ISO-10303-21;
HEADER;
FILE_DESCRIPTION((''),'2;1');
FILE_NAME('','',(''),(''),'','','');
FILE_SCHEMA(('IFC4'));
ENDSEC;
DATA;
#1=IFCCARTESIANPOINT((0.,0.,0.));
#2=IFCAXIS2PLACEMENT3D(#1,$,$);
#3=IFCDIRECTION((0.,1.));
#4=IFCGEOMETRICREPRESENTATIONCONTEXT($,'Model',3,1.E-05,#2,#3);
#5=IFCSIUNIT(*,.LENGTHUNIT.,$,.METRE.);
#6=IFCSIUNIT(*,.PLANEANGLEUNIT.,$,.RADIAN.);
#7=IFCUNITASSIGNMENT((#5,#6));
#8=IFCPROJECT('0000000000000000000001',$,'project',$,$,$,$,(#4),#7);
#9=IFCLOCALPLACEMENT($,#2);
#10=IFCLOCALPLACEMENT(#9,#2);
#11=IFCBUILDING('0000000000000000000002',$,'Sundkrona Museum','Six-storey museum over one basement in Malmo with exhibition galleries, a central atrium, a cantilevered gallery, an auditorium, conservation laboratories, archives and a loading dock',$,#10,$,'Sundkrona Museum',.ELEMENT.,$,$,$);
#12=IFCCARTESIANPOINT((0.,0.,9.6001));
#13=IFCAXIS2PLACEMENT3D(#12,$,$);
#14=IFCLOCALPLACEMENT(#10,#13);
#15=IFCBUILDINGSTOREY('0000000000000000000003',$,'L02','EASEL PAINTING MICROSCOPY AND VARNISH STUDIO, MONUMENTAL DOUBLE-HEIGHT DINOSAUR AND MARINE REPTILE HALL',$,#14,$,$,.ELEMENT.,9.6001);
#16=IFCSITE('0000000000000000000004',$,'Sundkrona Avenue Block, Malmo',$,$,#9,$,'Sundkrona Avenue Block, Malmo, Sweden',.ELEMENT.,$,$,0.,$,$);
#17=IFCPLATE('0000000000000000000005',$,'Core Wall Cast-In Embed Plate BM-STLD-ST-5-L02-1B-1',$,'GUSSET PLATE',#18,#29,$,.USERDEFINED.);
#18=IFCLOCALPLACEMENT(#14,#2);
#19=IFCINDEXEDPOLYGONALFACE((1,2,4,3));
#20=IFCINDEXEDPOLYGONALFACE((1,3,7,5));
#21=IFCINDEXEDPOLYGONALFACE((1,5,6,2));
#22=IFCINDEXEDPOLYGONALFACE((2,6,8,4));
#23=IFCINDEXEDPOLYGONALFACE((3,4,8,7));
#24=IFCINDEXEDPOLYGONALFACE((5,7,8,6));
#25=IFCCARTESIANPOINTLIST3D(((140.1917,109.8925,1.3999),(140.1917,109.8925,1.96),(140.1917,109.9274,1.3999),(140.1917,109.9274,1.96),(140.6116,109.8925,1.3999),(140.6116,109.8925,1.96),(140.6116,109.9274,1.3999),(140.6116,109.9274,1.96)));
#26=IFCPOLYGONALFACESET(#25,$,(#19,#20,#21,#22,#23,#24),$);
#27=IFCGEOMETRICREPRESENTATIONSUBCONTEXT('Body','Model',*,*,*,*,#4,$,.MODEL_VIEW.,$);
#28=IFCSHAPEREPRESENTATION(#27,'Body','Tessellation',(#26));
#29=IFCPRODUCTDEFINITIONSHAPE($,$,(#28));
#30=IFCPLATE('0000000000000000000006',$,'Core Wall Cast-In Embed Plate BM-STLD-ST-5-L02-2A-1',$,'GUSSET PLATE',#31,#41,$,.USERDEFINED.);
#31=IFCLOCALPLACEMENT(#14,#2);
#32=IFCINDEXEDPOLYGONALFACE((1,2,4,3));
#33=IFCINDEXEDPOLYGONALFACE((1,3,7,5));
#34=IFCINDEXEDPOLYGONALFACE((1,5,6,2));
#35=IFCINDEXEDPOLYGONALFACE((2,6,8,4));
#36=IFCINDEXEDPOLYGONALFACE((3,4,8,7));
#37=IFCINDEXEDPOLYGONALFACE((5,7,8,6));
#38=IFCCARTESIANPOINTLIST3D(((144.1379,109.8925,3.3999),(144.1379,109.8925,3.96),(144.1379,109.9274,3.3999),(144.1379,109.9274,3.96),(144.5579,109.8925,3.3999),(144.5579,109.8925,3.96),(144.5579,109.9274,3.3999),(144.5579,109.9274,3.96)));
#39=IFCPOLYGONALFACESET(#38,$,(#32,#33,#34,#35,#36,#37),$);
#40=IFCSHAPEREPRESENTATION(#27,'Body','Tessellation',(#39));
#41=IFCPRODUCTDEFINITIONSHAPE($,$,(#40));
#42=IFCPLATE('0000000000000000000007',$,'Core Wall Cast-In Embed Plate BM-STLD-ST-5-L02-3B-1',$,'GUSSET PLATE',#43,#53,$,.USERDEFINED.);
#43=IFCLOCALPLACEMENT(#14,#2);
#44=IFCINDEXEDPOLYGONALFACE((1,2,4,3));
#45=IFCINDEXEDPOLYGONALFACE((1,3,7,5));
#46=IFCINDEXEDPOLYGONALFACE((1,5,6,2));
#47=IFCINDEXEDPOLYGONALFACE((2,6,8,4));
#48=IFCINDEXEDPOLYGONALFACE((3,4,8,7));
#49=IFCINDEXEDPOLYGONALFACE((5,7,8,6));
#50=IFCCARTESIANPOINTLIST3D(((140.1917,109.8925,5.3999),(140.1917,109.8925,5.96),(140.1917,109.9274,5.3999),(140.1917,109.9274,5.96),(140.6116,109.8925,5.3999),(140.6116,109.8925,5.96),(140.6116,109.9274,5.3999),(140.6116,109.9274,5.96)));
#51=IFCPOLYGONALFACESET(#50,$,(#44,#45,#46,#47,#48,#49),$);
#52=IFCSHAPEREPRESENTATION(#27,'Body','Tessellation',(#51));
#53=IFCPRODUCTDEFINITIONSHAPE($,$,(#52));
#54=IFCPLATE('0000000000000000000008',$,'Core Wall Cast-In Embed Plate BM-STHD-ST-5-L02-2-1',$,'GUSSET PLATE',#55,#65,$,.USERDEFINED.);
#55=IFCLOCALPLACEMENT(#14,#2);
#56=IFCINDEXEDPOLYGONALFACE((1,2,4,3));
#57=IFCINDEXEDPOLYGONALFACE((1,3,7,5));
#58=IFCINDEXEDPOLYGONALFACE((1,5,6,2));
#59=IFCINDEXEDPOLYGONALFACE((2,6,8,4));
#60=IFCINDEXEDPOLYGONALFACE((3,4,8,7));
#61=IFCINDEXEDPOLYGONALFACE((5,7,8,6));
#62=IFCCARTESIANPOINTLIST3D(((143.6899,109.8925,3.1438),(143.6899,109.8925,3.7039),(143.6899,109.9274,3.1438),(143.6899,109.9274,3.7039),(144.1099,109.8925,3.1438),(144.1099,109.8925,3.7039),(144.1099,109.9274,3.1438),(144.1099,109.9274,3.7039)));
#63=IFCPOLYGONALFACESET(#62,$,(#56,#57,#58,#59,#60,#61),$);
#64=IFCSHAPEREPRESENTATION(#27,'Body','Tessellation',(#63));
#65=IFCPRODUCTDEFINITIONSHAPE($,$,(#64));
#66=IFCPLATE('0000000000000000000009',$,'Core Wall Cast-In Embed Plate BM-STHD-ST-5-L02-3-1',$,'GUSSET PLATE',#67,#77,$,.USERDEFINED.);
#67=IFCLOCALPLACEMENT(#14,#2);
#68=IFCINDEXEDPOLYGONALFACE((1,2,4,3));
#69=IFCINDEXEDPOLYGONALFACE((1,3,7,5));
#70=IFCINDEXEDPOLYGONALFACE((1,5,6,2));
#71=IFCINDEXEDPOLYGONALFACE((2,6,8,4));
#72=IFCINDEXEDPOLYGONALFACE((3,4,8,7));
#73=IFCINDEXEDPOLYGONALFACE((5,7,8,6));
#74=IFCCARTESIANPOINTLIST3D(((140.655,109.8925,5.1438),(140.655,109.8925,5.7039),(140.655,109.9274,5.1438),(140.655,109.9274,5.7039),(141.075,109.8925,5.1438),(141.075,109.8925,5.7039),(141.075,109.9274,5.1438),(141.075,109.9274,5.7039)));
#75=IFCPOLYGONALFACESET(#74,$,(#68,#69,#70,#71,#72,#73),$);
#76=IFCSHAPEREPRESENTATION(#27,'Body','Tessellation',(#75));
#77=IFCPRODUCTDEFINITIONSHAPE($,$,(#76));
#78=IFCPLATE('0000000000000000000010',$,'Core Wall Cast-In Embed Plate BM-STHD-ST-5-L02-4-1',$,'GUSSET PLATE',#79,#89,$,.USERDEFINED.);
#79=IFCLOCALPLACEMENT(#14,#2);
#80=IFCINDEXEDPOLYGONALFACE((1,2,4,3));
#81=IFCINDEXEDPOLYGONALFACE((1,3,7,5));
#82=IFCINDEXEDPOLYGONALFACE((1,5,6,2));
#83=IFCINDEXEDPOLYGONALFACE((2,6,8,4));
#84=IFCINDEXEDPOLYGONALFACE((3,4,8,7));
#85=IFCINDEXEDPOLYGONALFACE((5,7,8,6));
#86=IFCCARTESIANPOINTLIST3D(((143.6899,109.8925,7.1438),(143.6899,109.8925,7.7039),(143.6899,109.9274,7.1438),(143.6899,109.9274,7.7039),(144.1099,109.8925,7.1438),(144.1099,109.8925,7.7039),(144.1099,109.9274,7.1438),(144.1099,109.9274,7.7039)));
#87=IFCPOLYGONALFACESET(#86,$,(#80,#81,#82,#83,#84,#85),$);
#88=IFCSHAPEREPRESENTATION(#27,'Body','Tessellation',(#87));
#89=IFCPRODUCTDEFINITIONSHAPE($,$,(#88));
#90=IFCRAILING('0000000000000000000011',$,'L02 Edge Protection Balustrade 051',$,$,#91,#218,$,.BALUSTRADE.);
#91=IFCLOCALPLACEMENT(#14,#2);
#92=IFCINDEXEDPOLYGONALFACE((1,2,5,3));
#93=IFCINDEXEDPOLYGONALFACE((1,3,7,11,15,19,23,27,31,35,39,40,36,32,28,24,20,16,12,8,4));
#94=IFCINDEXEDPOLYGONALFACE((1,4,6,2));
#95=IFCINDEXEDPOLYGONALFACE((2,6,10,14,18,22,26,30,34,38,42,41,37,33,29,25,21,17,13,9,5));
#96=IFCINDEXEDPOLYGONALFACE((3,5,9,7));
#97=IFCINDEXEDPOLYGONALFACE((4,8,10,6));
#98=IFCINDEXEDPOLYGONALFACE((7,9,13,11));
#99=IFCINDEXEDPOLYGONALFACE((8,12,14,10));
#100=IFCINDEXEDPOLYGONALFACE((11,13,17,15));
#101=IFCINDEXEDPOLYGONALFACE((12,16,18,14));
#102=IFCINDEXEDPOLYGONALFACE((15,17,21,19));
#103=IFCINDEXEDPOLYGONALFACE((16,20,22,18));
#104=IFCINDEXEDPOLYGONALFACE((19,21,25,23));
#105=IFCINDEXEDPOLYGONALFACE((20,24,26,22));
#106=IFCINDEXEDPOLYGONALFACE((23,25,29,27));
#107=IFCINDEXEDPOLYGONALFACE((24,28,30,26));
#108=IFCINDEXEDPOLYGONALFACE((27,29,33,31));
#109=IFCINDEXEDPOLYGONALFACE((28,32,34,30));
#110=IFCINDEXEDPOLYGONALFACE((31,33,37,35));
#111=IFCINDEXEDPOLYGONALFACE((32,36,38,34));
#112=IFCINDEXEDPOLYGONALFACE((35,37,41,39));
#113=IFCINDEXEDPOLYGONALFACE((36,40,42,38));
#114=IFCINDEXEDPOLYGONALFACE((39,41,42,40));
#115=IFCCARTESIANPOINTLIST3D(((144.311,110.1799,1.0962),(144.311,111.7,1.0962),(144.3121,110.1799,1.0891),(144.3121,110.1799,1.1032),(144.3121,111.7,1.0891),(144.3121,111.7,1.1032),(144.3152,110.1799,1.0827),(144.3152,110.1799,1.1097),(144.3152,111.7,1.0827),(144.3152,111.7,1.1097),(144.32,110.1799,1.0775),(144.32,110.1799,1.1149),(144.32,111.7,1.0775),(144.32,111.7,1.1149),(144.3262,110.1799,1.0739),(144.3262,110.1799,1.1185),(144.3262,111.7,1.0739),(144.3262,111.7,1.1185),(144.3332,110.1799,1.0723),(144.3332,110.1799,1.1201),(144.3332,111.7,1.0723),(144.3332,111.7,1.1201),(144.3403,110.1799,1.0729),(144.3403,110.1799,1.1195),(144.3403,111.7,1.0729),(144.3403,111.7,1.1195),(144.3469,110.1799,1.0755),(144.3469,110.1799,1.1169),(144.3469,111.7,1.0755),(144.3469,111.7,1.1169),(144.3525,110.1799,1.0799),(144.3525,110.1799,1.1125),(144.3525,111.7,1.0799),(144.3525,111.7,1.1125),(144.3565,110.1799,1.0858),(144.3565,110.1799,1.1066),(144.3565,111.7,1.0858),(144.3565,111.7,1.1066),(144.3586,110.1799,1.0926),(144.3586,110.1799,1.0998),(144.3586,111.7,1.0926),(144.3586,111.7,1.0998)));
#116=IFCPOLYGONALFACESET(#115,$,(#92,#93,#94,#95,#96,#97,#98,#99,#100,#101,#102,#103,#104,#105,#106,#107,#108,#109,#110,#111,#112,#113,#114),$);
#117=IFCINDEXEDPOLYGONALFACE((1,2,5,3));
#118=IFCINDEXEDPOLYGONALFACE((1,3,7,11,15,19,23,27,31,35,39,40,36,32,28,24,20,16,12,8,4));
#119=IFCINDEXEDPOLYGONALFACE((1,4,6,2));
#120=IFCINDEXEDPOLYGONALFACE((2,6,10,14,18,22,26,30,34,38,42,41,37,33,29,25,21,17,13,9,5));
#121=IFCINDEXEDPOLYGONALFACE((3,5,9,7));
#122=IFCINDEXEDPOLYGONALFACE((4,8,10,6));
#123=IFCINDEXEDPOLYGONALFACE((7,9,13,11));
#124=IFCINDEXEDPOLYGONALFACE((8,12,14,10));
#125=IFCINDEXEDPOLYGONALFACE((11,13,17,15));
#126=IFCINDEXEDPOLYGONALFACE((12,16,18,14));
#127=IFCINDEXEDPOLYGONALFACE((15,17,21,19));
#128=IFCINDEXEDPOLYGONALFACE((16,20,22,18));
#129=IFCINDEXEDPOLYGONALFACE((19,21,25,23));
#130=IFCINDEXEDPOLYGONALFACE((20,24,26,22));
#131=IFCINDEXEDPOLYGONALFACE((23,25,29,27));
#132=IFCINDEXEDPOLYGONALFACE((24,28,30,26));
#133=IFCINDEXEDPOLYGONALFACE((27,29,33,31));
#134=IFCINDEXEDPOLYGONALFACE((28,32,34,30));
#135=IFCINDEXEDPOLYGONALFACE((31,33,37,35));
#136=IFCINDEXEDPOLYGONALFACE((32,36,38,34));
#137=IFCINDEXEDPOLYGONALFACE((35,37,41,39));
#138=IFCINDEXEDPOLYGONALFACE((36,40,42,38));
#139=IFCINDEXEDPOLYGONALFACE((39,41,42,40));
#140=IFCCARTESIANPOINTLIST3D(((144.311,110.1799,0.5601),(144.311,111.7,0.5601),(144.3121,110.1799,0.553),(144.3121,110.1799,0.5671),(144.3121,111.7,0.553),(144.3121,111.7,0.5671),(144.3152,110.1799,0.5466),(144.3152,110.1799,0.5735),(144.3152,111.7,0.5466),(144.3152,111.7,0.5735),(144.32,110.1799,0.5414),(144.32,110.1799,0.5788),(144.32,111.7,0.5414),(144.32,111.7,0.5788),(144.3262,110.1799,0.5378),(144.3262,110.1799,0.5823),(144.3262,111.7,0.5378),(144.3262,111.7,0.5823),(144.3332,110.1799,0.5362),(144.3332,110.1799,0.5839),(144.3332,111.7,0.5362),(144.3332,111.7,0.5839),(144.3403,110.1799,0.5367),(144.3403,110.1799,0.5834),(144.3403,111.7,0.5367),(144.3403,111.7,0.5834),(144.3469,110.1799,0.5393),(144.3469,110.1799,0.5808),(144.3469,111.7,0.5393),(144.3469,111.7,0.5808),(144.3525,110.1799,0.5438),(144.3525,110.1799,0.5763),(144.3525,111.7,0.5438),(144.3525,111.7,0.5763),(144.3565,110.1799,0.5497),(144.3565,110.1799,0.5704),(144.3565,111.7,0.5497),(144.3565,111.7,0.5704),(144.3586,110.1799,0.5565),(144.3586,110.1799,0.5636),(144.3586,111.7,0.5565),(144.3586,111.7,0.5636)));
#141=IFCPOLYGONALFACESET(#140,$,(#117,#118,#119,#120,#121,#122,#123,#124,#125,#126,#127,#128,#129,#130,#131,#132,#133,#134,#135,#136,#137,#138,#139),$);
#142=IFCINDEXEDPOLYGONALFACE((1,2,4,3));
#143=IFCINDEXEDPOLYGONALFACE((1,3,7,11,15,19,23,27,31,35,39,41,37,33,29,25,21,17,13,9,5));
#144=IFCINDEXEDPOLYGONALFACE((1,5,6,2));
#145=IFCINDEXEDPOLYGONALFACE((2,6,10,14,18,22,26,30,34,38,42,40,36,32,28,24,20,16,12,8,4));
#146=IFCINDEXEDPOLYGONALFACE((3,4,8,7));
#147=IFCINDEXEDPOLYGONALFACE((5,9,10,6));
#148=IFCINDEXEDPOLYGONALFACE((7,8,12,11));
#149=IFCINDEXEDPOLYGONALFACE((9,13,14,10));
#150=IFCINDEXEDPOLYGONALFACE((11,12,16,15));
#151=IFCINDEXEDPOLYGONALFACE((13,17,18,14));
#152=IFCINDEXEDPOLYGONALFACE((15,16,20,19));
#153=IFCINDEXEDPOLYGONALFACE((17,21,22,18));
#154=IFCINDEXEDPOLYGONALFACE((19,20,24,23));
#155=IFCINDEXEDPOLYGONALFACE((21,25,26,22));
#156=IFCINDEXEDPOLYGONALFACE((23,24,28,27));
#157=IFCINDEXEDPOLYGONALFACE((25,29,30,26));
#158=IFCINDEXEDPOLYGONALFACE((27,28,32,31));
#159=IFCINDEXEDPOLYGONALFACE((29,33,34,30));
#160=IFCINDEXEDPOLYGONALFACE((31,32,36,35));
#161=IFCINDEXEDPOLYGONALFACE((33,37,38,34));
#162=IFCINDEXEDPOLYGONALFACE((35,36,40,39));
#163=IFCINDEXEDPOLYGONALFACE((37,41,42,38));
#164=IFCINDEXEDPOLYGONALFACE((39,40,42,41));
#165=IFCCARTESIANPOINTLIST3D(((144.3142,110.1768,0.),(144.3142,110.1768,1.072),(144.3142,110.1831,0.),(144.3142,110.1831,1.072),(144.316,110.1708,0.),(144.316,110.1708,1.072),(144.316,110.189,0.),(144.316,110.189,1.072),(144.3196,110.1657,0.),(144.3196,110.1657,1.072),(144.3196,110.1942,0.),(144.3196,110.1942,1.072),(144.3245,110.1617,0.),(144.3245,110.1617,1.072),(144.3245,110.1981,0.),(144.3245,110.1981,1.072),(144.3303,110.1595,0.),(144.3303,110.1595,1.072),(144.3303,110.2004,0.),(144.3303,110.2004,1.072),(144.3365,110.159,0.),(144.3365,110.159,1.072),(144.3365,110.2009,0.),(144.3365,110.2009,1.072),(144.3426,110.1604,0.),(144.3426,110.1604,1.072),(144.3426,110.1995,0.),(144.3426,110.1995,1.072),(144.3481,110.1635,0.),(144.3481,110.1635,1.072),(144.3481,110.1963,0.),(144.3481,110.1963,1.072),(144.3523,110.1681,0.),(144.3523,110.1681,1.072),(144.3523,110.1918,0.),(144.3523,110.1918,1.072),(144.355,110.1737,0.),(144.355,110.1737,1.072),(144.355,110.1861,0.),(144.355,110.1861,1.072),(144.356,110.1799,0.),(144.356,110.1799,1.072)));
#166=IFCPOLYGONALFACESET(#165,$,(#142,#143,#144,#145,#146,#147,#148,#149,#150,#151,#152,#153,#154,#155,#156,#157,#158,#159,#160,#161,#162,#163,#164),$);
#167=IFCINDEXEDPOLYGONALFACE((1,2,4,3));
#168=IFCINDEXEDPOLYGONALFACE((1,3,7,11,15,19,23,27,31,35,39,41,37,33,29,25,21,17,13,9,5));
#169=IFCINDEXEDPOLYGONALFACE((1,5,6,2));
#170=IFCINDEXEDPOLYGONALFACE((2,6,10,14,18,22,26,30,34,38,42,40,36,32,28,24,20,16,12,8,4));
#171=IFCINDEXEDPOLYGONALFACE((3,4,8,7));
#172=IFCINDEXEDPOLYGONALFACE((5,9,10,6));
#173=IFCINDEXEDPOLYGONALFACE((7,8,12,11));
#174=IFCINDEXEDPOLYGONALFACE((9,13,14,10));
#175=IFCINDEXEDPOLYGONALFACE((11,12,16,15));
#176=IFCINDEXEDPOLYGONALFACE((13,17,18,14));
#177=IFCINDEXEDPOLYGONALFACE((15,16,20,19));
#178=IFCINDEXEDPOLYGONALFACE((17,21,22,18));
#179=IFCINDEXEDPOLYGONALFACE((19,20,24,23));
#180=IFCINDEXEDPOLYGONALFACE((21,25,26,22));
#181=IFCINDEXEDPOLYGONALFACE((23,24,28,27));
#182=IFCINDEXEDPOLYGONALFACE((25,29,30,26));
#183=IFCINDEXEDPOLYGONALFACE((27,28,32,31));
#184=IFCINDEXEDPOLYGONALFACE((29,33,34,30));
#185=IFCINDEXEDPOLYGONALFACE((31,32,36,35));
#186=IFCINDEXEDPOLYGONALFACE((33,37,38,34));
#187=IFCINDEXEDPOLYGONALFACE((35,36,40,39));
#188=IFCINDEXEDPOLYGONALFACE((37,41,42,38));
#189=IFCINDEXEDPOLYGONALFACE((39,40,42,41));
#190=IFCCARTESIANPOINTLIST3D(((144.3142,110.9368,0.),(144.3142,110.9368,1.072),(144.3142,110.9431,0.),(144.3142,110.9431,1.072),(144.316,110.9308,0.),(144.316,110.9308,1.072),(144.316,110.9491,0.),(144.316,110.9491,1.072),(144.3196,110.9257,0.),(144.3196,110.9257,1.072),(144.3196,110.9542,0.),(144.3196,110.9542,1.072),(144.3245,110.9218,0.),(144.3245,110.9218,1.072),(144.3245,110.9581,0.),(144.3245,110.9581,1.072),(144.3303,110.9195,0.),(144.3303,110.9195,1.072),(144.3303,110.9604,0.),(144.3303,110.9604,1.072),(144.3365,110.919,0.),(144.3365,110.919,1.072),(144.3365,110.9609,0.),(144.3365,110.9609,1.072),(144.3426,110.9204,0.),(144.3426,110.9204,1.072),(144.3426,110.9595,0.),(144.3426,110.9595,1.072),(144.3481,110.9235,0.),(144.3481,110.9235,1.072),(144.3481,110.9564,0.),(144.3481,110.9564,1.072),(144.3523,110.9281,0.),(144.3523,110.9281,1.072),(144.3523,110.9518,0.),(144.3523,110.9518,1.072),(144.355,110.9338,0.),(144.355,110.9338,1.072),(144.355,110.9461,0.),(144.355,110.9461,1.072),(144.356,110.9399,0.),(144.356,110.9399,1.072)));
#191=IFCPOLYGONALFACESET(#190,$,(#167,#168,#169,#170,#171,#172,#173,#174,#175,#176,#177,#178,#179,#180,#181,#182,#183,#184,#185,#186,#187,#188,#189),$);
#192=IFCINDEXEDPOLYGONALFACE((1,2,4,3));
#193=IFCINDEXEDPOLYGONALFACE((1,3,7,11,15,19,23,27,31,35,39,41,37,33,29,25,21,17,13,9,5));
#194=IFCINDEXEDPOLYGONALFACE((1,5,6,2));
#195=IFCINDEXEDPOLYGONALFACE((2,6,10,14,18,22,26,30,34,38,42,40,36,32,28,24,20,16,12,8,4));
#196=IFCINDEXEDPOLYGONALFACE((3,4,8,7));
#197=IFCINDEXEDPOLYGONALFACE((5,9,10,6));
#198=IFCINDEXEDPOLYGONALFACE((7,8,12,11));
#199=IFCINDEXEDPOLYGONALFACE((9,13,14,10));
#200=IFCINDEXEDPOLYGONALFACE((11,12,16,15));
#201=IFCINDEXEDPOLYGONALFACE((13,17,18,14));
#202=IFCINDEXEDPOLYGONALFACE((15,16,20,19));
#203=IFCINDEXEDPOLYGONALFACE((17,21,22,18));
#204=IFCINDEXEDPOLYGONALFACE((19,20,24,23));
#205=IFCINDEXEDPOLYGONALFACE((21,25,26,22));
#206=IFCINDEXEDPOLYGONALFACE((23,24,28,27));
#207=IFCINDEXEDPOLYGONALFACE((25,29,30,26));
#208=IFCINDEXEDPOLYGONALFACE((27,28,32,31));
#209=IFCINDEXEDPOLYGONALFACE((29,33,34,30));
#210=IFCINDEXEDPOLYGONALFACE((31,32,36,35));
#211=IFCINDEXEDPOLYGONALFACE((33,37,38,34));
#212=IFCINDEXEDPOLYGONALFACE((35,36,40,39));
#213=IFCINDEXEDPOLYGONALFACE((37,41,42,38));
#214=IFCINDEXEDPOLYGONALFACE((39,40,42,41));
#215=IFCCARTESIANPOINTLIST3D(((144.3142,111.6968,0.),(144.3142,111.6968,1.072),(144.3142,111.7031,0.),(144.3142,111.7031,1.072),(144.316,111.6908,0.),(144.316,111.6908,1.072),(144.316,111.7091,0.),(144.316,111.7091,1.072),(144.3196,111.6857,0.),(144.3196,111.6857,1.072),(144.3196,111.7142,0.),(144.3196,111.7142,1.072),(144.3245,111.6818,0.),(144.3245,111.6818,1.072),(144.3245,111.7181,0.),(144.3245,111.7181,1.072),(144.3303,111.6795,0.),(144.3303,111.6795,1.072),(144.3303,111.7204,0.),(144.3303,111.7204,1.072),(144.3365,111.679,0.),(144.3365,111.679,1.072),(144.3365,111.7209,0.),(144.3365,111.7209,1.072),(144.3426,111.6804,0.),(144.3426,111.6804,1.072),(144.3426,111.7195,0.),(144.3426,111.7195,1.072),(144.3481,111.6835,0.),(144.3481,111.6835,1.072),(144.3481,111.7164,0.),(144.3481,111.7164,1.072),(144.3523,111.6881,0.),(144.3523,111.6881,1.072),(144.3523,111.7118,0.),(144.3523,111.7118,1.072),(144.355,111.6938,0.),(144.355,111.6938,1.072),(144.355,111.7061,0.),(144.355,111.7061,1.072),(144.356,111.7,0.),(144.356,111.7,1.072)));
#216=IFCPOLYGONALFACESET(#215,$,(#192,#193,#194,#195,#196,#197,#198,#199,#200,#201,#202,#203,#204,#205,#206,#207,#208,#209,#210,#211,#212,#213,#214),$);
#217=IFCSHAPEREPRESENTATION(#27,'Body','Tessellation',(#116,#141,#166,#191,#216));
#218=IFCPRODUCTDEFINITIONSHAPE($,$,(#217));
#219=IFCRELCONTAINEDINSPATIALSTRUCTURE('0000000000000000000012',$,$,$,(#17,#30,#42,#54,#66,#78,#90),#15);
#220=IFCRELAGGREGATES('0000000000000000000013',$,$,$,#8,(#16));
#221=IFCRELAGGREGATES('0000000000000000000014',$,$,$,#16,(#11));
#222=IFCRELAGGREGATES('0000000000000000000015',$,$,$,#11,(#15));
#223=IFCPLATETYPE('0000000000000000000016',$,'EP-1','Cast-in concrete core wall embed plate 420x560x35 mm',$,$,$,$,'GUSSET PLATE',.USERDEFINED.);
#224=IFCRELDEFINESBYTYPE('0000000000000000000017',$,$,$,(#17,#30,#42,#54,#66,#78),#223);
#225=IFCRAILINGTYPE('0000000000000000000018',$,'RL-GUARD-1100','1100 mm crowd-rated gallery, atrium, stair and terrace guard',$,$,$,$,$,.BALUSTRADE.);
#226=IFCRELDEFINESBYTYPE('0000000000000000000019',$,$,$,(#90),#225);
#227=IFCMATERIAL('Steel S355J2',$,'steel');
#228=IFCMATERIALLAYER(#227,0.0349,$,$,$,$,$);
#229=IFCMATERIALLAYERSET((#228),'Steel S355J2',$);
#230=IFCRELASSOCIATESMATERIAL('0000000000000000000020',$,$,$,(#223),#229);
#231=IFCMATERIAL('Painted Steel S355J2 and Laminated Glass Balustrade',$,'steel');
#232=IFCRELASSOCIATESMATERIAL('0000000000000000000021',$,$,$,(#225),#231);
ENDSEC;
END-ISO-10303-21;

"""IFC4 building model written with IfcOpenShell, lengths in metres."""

from ifc_helpers import new_model, si_unit, direction, frame, origin, origin_2d, place, context, subcontext, project, spatial, rectangle, circle, extrude, material, layer, layer_set, type_object, element, save


model = new_model("IFC4")

# Units and contexts
model_context = context("Model", 3, precision=1e-05, world=origin(), true_north=direction((0.0, 1.0)))
body_context = subcontext(model_context, "Body", "Model", "MODEL_VIEW")
ifc_project = project(units=[si_unit("LENGTHUNIT", "METRE"), si_unit("PLANEANGLEUNIT", "RADIAN")], contexts=[model_context])

# Site, building, storey
site_placement = place(None, origin())
site = spatial("IfcSite", under=ifc_project, at=site_placement, Name="Sundkrona Avenue Block, Malmo", LongName="Sundkrona Avenue Block, Malmo, Sweden", CompositionType="ELEMENT", RefElevation=0.0)
building_placement = place(site_placement, origin())
building = spatial("IfcBuilding", under=site, at=building_placement, Name="Sundkrona Museum", Description="Six-storey museum over one basement in Malmo with exhibition galleries, a central atrium, a cantilevered gallery, an auditorium, conservation laboratories, archives and a loading dock", LongName="Sundkrona Museum", CompositionType="ELEMENT")
storey_placement = place(building_placement, frame((0.0, 0.0, 9.6001)))
storey = spatial("IfcBuildingStorey", under=building, at=storey_placement, Name="L02", Description="EASEL PAINTING MICROSCOPY AND VARNISH STUDIO, MONUMENTAL DOUBLE-HEIGHT DINOSAUR AND MARINE REPTILE HALL", CompositionType="ELEMENT", Elevation=9.6001)

# Shared definitions
ifc_material_1 = material(Name="Steel S355J2", Category="steel")

# Plates
ifc_layer = layer(ifc_material_1, 0.0349)
ifc_layer_set = layer_set([ifc_layer], Name="Steel S355J2")
plate_type = type_object("IfcPlateType", Name="EP-1", Description="Cast-in concrete core wall embed plate 420x560x35 mm", ElementType="GUSSET PLATE", PredefinedType="USERDEFINED", material=ifc_layer_set)
for number, where, z_axis, x_axis, name in (
    (1, (140.4016, 109.9099, 1.3999), (0.0, 0.0, 1.0), (1.0, 0.0, 0.0), "Core Wall Cast-In Embed Plate BM-STLD-ST-5-L02-1B-1"),
    (2, (144.3479, 109.9099, 3.3999), (0.0, 0.0, 1.0), (1.0, 0.0, 0.0), "Core Wall Cast-In Embed Plate BM-STLD-ST-5-L02-2A-1"),
    (3, (140.4016, 109.9099, 5.3999), (0.0, 0.0, 1.0), (1.0, 0.0, 0.0), "Core Wall Cast-In Embed Plate BM-STLD-ST-5-L02-3B-1"),
    (4, (143.8999, 109.9099, 3.1438), (0.0, 0.0, 1.0), (1.0, 0.0, 0.0), "Core Wall Cast-In Embed Plate BM-STHD-ST-5-L02-2-1"),
    (5, (140.865, 109.9099, 5.1438), (0.0, 0.0, 1.0), (1.0, 0.0, 0.0), "Core Wall Cast-In Embed Plate BM-STHD-ST-5-L02-3-1"),
    (6, (143.8999, 109.9099, 7.1438), (0.0, 0.0, 1.0), (1.0, 0.0, 0.0), "Core Wall Cast-In Embed Plate BM-STHD-ST-5-L02-4-1"),
):
    element("IfcPlate", number, at=place(storey_placement, frame(where, z_axis=z_axis, x_axis=x_axis)), inside=storey, type_object=plate_type, Name=name, ObjectType="GUSSET PLATE", PredefinedType="USERDEFINED", context=body_context, shape_type="SweptSolid", body=[
        extrude(rectangle(XDim=0.4199, YDim=0.0349, at=origin_2d()), origin(), (0.0, 0.0, 1.0), 0.5601),
    ])

# Railing
ifc_material_2 = material(Name="Painted Steel S355J2 and Laminated Glass Balustrade", Category="steel")
railing_type_1 = type_object("IfcRailingType", Name="RL-GUARD-1100", Description="1100 mm crowd-rated gallery, atrium, stair and terrace guard", PredefinedType="BALUSTRADE", material=ifc_material_2)
railing_placement = place(storey_placement, frame((144.335, 110.1799, 0.0)))
element("IfcRailing", 7, at=railing_placement, inside=storey, type_object=railing_type_1, Name="L02 Edge Protection Balustrade 051", PredefinedType="BALUSTRADE", context=body_context, shape_type="SweptSolid", body=[
    extrude(circle(Radius=0.0239, at=origin_2d()), frame((0.0, 0.0, 1.0962), z_axis=(0.0, 1.0, 0.0), x_axis=(-1.0, 0.0, 0.0)), (0.0, 0.0, 1.0), 1.52),
    extrude(circle(Radius=0.0239, at=origin_2d()), frame((0.0, 0.0, 0.5601), z_axis=(0.0, 1.0, 0.0), x_axis=(-1.0, 0.0, 0.0)), (0.0, 0.0, 1.0), 1.52),
    extrude(circle(Radius=0.021, at=origin_2d()), origin(), (0.0, 0.0, 1.0), 1.072),
    extrude(circle(Radius=0.021, at=origin_2d()), frame((0.0, 0.76, 0.0)), (0.0, 0.0, 1.0), 1.072),
    extrude(circle(Radius=0.021, at=origin_2d()), frame((0.0, 1.52, 0.0)), (0.0, 0.0, 1.0), 1.072),
])

save(model, "model.ifc")
